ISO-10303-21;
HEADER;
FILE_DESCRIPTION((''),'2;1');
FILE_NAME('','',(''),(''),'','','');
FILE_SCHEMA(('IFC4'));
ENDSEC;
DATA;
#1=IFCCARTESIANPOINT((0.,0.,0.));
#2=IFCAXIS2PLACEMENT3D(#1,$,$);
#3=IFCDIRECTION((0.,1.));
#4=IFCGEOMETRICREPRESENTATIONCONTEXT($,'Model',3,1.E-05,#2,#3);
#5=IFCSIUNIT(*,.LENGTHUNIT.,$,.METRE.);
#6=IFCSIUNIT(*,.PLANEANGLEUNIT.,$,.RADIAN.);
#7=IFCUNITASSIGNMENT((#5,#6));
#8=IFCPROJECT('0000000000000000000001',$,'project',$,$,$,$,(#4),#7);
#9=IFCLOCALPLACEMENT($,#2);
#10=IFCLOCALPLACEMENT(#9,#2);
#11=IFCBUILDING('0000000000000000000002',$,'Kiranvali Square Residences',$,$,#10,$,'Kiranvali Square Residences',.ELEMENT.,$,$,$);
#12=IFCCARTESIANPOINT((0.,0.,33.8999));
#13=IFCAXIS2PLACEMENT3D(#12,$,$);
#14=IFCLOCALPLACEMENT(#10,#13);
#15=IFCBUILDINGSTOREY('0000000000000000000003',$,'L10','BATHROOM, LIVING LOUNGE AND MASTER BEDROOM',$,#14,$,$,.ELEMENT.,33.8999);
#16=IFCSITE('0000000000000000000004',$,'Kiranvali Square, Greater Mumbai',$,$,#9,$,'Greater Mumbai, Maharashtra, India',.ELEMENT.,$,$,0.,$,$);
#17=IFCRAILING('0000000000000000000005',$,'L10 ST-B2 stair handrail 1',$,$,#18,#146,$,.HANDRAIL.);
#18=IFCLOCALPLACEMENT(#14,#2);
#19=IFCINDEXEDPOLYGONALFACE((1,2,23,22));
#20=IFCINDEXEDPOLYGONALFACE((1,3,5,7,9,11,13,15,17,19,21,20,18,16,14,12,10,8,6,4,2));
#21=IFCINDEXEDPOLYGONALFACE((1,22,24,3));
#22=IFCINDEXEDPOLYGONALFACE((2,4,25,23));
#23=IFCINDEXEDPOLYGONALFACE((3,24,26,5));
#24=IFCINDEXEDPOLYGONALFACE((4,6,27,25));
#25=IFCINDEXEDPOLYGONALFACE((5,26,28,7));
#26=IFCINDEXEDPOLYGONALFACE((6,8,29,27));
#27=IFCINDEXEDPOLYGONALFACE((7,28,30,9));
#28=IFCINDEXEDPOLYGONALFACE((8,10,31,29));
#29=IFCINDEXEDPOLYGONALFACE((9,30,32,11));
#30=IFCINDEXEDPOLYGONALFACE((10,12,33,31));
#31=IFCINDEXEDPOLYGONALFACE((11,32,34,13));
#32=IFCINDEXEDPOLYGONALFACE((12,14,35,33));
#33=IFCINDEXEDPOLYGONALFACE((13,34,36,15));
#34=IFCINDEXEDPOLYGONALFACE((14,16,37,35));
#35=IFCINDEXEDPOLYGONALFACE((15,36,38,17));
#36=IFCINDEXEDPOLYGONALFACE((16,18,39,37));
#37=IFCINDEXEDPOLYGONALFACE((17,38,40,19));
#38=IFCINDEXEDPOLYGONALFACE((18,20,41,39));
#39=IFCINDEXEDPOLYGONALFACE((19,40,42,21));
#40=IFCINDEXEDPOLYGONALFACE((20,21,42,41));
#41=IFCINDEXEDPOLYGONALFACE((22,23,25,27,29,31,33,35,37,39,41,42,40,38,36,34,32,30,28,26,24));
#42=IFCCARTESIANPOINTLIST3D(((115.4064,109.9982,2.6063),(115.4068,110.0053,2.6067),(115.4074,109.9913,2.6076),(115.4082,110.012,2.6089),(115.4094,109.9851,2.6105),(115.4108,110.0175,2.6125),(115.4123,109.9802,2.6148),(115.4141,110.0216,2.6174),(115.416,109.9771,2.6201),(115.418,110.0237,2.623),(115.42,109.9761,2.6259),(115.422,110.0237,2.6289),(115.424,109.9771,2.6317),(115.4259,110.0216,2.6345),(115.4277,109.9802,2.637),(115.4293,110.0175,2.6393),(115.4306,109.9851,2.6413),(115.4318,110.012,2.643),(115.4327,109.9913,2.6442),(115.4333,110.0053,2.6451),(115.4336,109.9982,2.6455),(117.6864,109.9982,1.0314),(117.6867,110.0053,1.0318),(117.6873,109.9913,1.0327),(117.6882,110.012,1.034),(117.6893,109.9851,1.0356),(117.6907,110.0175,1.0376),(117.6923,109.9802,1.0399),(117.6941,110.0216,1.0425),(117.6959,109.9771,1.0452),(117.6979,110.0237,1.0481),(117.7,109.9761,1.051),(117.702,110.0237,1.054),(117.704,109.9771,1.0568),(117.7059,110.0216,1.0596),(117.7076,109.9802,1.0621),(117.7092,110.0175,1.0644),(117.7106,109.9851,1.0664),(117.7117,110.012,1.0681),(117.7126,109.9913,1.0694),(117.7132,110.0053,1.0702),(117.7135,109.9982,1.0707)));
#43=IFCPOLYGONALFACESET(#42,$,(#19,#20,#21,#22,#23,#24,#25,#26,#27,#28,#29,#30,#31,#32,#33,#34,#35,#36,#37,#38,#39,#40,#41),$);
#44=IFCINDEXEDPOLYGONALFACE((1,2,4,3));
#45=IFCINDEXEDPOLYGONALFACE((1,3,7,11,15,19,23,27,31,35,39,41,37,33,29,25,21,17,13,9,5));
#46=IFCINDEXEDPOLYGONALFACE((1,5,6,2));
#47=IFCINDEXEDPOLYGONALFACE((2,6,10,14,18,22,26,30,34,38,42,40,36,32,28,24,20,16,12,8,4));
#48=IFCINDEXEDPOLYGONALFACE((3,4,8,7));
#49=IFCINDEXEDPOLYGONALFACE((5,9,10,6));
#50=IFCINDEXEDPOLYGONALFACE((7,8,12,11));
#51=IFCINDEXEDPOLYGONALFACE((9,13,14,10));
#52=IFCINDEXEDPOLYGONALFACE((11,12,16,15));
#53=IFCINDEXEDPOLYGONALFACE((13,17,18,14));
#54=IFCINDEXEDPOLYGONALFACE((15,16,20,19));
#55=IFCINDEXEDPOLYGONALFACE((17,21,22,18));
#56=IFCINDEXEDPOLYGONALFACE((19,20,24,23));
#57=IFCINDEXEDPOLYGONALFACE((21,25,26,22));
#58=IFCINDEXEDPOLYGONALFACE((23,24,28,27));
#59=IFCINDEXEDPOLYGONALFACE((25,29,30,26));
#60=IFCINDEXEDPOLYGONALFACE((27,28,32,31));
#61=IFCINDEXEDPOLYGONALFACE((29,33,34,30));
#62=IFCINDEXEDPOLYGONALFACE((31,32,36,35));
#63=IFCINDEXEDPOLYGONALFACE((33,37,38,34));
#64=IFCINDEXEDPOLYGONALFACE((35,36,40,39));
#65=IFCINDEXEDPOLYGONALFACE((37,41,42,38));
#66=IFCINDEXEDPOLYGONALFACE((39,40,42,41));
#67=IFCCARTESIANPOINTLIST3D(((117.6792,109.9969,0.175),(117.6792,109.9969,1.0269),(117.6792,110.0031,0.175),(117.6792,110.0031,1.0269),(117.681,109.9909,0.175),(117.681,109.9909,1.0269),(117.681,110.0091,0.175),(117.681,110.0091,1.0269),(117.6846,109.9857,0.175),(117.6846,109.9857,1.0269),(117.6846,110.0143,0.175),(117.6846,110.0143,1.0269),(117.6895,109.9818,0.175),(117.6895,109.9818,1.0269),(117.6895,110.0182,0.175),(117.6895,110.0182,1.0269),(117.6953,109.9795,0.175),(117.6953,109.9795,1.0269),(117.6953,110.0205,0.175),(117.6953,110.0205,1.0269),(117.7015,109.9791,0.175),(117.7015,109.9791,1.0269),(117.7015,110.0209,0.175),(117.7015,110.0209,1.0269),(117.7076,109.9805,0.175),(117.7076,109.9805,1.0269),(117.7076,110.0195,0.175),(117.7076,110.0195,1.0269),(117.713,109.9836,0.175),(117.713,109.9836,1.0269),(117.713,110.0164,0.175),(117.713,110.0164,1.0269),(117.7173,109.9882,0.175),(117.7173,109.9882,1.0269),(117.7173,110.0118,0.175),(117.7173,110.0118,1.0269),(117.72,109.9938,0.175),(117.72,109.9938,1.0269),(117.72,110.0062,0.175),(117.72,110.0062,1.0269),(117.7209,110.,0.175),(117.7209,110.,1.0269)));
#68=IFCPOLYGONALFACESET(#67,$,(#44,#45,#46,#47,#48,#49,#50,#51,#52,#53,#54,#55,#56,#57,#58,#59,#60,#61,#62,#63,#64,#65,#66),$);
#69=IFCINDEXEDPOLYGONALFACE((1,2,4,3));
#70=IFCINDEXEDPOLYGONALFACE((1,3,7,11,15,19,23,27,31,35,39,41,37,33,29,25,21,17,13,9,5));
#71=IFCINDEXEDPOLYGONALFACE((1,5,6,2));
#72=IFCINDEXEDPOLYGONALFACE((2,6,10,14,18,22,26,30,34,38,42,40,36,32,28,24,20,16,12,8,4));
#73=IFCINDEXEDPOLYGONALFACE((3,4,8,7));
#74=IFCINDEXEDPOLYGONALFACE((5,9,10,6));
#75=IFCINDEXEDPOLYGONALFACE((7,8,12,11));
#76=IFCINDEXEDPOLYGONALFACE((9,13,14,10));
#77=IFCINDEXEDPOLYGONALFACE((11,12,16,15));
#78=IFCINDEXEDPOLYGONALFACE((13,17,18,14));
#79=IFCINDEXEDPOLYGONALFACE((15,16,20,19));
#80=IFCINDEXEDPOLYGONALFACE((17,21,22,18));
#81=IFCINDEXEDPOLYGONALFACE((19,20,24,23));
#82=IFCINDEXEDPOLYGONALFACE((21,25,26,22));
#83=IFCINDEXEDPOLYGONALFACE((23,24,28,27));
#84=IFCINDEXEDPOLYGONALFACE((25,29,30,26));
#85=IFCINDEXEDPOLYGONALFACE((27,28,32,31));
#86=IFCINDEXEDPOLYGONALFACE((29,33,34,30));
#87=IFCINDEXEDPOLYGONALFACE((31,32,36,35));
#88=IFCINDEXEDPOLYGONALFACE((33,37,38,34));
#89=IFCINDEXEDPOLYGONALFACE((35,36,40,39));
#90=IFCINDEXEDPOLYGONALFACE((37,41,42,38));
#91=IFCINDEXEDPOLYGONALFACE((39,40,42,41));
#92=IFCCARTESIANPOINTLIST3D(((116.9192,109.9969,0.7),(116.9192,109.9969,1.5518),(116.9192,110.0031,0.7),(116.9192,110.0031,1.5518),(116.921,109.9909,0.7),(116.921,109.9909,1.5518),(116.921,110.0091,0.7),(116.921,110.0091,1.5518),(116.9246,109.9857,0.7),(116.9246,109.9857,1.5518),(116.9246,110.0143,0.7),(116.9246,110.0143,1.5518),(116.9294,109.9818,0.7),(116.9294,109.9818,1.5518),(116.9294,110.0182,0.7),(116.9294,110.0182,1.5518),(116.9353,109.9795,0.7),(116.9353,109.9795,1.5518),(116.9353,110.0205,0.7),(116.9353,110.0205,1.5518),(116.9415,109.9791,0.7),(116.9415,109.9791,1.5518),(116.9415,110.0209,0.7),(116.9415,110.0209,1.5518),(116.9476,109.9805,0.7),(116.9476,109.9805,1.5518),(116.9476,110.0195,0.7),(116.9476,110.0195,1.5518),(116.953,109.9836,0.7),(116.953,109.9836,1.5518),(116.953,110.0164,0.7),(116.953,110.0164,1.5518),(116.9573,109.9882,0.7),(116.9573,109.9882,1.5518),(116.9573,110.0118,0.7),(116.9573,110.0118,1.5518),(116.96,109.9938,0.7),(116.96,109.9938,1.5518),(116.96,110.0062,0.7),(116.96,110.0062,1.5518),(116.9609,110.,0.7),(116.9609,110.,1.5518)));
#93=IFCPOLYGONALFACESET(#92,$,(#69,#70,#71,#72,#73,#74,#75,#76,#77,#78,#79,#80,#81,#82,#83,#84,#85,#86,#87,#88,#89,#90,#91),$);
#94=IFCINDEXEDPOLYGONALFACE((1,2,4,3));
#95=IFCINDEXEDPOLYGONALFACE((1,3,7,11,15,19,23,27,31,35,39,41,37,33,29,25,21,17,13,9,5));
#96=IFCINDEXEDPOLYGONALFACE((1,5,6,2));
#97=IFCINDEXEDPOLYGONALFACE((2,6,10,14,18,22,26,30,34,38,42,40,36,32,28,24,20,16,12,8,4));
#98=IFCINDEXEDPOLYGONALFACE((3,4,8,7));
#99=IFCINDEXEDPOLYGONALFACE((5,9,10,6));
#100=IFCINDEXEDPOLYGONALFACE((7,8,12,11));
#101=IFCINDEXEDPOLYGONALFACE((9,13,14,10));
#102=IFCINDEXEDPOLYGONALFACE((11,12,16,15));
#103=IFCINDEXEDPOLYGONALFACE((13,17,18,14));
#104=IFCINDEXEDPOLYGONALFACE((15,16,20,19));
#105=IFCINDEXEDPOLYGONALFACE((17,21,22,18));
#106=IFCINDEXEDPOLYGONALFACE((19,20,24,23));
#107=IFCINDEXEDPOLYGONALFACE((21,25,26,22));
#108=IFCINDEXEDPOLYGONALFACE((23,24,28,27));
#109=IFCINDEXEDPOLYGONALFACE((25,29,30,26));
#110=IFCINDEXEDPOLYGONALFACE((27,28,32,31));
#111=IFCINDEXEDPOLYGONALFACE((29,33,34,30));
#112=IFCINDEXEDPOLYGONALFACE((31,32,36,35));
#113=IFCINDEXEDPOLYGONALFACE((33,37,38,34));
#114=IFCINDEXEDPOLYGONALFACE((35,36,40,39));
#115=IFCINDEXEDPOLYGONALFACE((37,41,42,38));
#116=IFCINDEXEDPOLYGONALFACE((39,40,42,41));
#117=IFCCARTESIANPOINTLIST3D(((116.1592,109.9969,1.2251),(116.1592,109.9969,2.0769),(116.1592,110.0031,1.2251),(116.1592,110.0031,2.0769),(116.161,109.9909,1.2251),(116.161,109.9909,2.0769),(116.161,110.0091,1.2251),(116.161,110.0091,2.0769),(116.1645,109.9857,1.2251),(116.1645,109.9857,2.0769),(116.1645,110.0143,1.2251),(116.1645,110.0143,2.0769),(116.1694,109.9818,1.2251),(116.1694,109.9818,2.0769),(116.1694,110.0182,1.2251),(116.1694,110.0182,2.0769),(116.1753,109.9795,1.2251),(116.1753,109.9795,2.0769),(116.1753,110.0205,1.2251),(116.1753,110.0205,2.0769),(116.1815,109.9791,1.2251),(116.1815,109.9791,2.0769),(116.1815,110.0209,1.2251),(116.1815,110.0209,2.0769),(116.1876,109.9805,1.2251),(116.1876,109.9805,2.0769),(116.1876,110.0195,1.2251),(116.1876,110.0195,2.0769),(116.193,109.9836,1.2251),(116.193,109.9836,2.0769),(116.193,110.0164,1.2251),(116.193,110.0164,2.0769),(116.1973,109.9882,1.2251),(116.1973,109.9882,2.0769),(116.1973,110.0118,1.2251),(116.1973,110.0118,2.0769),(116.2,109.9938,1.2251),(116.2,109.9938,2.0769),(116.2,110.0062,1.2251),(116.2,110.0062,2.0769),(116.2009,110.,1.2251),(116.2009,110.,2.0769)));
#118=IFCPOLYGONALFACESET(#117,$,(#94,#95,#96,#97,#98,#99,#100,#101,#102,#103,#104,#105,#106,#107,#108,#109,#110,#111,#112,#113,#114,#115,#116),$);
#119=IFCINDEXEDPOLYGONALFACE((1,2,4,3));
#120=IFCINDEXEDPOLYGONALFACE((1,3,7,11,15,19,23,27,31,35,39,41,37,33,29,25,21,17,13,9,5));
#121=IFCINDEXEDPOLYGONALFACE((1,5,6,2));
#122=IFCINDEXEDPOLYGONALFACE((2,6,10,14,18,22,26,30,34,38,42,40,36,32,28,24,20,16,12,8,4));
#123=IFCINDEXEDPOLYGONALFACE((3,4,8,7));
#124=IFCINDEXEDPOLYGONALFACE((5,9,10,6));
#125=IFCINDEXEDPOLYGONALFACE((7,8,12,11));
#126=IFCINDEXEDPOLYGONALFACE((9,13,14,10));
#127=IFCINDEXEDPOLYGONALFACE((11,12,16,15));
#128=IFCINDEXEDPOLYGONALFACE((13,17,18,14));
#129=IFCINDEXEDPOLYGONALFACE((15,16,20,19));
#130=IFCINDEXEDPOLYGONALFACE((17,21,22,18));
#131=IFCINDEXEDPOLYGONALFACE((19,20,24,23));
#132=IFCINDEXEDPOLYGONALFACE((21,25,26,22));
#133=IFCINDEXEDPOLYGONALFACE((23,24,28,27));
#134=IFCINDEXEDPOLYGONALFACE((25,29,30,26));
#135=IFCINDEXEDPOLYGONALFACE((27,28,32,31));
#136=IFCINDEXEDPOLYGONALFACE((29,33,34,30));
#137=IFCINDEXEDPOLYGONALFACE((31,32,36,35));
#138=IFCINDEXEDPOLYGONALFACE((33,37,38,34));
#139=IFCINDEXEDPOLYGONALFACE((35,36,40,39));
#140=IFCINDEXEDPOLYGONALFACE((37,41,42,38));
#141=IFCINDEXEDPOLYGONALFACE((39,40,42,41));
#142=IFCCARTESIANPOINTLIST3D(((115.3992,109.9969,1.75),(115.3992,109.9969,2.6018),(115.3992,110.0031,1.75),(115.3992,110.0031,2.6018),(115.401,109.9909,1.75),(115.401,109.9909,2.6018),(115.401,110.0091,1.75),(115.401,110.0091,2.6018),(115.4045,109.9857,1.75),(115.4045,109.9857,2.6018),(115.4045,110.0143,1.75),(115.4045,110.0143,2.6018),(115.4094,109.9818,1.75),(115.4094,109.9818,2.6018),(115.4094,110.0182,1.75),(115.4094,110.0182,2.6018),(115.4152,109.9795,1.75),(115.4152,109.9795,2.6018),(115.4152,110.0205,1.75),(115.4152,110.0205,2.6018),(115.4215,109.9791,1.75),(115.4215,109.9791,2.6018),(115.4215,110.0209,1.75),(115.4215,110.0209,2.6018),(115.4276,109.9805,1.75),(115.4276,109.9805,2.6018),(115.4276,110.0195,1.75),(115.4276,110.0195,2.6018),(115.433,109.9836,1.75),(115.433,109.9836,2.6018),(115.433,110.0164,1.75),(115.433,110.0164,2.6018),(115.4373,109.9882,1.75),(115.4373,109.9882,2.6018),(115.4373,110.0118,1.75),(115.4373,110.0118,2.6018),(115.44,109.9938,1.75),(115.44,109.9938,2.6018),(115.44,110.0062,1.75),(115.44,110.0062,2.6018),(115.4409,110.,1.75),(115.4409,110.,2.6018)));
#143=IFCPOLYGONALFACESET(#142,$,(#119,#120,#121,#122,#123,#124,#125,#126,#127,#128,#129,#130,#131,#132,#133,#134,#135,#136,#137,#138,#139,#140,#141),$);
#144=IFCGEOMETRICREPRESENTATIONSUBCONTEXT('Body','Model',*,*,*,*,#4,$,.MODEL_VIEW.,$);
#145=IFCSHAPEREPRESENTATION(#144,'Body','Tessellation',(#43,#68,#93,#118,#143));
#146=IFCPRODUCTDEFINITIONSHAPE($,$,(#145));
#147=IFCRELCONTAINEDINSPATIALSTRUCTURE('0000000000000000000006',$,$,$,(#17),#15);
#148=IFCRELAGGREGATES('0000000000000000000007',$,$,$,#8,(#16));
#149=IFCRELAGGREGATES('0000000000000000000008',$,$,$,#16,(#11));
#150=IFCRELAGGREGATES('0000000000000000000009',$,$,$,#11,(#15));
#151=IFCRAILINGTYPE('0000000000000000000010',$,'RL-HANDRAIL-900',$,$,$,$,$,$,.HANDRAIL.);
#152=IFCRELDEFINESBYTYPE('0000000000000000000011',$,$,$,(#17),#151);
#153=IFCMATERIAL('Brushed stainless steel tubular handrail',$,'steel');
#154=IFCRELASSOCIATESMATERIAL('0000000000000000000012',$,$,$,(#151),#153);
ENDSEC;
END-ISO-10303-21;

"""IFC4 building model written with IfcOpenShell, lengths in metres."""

from ifc_helpers import new_model, si_unit, direction, frame, origin, origin_2d, place, context, subcontext, project, spatial, circle, extrude, material, type_object, element, save


model = new_model("IFC4")

# Units and contexts
model_context = context("Model", 3, precision=1e-05, world=origin(), true_north=direction((0.0, 1.0)))
body_context = subcontext(model_context, "Body", "Model", "MODEL_VIEW")
ifc_project = project(units=[si_unit("LENGTHUNIT", "METRE"), si_unit("PLANEANGLEUNIT", "RADIAN")], contexts=[model_context])

# Site, building, storey
site_placement = place(None, origin())
site = spatial("IfcSite", under=ifc_project, at=site_placement, Name="Kiranvali Square, Greater Mumbai", LongName="Greater Mumbai, Maharashtra, India", CompositionType="ELEMENT", RefElevation=0.0)
building_placement = place(site_placement, origin())
building = spatial("IfcBuilding", under=site, at=building_placement, Name="Kiranvali Square Residences", LongName="Kiranvali Square Residences", CompositionType="ELEMENT")
storey_placement = place(building_placement, frame((0.0, 0.0, 33.8999)))
storey = spatial("IfcBuildingStorey", under=building, at=storey_placement, Name="L10", Description="BATHROOM, LIVING LOUNGE AND MASTER BEDROOM", CompositionType="ELEMENT", Elevation=33.8999)

# Railing
ifc_material_1 = material(Name="Brushed stainless steel tubular handrail", Category="steel")
railing_type_1 = type_object("IfcRailingType", Name="RL-HANDRAIL-900", PredefinedType="HANDRAIL", material=ifc_material_1)
railing_1_placement = place(storey_placement, frame((117.7, 110.0, 0.175)))
element("IfcRailing", 1, at=railing_1_placement, inside=storey, type_object=railing_type_1, Name="L10 ST-B2 stair handrail 1", PredefinedType="HANDRAIL", context=body_context, shape_type="SweptSolid", body=[
    extrude(circle(Radius=0.0239, at=origin_2d()), frame((0.0, 0.0, 0.876), z_axis=(-0.822788, 0.0, 0.568348), x_axis=(0.0, -1.0, 0.0)), (0.0, 0.0, 1.0), 2.771),
    extrude(circle(Radius=0.021, at=origin_2d()), origin(), (0.0, 0.0, 1.0), 0.8518),
    extrude(circle(Radius=0.021, at=origin_2d()), frame((-0.76, 0.0, 0.5249)), (0.0, 0.0, 1.0), 0.8518),
    extrude(circle(Radius=0.021, at=origin_2d()), frame((-1.52, 0.0, 1.05)), (0.0, 0.0, 1.0), 0.8518),
    extrude(circle(Radius=0.021, at=origin_2d()), frame((-2.28, 0.0, 1.575)), (0.0, 0.0, 1.0), 0.8518),
])

save(model, "model.ifc")
